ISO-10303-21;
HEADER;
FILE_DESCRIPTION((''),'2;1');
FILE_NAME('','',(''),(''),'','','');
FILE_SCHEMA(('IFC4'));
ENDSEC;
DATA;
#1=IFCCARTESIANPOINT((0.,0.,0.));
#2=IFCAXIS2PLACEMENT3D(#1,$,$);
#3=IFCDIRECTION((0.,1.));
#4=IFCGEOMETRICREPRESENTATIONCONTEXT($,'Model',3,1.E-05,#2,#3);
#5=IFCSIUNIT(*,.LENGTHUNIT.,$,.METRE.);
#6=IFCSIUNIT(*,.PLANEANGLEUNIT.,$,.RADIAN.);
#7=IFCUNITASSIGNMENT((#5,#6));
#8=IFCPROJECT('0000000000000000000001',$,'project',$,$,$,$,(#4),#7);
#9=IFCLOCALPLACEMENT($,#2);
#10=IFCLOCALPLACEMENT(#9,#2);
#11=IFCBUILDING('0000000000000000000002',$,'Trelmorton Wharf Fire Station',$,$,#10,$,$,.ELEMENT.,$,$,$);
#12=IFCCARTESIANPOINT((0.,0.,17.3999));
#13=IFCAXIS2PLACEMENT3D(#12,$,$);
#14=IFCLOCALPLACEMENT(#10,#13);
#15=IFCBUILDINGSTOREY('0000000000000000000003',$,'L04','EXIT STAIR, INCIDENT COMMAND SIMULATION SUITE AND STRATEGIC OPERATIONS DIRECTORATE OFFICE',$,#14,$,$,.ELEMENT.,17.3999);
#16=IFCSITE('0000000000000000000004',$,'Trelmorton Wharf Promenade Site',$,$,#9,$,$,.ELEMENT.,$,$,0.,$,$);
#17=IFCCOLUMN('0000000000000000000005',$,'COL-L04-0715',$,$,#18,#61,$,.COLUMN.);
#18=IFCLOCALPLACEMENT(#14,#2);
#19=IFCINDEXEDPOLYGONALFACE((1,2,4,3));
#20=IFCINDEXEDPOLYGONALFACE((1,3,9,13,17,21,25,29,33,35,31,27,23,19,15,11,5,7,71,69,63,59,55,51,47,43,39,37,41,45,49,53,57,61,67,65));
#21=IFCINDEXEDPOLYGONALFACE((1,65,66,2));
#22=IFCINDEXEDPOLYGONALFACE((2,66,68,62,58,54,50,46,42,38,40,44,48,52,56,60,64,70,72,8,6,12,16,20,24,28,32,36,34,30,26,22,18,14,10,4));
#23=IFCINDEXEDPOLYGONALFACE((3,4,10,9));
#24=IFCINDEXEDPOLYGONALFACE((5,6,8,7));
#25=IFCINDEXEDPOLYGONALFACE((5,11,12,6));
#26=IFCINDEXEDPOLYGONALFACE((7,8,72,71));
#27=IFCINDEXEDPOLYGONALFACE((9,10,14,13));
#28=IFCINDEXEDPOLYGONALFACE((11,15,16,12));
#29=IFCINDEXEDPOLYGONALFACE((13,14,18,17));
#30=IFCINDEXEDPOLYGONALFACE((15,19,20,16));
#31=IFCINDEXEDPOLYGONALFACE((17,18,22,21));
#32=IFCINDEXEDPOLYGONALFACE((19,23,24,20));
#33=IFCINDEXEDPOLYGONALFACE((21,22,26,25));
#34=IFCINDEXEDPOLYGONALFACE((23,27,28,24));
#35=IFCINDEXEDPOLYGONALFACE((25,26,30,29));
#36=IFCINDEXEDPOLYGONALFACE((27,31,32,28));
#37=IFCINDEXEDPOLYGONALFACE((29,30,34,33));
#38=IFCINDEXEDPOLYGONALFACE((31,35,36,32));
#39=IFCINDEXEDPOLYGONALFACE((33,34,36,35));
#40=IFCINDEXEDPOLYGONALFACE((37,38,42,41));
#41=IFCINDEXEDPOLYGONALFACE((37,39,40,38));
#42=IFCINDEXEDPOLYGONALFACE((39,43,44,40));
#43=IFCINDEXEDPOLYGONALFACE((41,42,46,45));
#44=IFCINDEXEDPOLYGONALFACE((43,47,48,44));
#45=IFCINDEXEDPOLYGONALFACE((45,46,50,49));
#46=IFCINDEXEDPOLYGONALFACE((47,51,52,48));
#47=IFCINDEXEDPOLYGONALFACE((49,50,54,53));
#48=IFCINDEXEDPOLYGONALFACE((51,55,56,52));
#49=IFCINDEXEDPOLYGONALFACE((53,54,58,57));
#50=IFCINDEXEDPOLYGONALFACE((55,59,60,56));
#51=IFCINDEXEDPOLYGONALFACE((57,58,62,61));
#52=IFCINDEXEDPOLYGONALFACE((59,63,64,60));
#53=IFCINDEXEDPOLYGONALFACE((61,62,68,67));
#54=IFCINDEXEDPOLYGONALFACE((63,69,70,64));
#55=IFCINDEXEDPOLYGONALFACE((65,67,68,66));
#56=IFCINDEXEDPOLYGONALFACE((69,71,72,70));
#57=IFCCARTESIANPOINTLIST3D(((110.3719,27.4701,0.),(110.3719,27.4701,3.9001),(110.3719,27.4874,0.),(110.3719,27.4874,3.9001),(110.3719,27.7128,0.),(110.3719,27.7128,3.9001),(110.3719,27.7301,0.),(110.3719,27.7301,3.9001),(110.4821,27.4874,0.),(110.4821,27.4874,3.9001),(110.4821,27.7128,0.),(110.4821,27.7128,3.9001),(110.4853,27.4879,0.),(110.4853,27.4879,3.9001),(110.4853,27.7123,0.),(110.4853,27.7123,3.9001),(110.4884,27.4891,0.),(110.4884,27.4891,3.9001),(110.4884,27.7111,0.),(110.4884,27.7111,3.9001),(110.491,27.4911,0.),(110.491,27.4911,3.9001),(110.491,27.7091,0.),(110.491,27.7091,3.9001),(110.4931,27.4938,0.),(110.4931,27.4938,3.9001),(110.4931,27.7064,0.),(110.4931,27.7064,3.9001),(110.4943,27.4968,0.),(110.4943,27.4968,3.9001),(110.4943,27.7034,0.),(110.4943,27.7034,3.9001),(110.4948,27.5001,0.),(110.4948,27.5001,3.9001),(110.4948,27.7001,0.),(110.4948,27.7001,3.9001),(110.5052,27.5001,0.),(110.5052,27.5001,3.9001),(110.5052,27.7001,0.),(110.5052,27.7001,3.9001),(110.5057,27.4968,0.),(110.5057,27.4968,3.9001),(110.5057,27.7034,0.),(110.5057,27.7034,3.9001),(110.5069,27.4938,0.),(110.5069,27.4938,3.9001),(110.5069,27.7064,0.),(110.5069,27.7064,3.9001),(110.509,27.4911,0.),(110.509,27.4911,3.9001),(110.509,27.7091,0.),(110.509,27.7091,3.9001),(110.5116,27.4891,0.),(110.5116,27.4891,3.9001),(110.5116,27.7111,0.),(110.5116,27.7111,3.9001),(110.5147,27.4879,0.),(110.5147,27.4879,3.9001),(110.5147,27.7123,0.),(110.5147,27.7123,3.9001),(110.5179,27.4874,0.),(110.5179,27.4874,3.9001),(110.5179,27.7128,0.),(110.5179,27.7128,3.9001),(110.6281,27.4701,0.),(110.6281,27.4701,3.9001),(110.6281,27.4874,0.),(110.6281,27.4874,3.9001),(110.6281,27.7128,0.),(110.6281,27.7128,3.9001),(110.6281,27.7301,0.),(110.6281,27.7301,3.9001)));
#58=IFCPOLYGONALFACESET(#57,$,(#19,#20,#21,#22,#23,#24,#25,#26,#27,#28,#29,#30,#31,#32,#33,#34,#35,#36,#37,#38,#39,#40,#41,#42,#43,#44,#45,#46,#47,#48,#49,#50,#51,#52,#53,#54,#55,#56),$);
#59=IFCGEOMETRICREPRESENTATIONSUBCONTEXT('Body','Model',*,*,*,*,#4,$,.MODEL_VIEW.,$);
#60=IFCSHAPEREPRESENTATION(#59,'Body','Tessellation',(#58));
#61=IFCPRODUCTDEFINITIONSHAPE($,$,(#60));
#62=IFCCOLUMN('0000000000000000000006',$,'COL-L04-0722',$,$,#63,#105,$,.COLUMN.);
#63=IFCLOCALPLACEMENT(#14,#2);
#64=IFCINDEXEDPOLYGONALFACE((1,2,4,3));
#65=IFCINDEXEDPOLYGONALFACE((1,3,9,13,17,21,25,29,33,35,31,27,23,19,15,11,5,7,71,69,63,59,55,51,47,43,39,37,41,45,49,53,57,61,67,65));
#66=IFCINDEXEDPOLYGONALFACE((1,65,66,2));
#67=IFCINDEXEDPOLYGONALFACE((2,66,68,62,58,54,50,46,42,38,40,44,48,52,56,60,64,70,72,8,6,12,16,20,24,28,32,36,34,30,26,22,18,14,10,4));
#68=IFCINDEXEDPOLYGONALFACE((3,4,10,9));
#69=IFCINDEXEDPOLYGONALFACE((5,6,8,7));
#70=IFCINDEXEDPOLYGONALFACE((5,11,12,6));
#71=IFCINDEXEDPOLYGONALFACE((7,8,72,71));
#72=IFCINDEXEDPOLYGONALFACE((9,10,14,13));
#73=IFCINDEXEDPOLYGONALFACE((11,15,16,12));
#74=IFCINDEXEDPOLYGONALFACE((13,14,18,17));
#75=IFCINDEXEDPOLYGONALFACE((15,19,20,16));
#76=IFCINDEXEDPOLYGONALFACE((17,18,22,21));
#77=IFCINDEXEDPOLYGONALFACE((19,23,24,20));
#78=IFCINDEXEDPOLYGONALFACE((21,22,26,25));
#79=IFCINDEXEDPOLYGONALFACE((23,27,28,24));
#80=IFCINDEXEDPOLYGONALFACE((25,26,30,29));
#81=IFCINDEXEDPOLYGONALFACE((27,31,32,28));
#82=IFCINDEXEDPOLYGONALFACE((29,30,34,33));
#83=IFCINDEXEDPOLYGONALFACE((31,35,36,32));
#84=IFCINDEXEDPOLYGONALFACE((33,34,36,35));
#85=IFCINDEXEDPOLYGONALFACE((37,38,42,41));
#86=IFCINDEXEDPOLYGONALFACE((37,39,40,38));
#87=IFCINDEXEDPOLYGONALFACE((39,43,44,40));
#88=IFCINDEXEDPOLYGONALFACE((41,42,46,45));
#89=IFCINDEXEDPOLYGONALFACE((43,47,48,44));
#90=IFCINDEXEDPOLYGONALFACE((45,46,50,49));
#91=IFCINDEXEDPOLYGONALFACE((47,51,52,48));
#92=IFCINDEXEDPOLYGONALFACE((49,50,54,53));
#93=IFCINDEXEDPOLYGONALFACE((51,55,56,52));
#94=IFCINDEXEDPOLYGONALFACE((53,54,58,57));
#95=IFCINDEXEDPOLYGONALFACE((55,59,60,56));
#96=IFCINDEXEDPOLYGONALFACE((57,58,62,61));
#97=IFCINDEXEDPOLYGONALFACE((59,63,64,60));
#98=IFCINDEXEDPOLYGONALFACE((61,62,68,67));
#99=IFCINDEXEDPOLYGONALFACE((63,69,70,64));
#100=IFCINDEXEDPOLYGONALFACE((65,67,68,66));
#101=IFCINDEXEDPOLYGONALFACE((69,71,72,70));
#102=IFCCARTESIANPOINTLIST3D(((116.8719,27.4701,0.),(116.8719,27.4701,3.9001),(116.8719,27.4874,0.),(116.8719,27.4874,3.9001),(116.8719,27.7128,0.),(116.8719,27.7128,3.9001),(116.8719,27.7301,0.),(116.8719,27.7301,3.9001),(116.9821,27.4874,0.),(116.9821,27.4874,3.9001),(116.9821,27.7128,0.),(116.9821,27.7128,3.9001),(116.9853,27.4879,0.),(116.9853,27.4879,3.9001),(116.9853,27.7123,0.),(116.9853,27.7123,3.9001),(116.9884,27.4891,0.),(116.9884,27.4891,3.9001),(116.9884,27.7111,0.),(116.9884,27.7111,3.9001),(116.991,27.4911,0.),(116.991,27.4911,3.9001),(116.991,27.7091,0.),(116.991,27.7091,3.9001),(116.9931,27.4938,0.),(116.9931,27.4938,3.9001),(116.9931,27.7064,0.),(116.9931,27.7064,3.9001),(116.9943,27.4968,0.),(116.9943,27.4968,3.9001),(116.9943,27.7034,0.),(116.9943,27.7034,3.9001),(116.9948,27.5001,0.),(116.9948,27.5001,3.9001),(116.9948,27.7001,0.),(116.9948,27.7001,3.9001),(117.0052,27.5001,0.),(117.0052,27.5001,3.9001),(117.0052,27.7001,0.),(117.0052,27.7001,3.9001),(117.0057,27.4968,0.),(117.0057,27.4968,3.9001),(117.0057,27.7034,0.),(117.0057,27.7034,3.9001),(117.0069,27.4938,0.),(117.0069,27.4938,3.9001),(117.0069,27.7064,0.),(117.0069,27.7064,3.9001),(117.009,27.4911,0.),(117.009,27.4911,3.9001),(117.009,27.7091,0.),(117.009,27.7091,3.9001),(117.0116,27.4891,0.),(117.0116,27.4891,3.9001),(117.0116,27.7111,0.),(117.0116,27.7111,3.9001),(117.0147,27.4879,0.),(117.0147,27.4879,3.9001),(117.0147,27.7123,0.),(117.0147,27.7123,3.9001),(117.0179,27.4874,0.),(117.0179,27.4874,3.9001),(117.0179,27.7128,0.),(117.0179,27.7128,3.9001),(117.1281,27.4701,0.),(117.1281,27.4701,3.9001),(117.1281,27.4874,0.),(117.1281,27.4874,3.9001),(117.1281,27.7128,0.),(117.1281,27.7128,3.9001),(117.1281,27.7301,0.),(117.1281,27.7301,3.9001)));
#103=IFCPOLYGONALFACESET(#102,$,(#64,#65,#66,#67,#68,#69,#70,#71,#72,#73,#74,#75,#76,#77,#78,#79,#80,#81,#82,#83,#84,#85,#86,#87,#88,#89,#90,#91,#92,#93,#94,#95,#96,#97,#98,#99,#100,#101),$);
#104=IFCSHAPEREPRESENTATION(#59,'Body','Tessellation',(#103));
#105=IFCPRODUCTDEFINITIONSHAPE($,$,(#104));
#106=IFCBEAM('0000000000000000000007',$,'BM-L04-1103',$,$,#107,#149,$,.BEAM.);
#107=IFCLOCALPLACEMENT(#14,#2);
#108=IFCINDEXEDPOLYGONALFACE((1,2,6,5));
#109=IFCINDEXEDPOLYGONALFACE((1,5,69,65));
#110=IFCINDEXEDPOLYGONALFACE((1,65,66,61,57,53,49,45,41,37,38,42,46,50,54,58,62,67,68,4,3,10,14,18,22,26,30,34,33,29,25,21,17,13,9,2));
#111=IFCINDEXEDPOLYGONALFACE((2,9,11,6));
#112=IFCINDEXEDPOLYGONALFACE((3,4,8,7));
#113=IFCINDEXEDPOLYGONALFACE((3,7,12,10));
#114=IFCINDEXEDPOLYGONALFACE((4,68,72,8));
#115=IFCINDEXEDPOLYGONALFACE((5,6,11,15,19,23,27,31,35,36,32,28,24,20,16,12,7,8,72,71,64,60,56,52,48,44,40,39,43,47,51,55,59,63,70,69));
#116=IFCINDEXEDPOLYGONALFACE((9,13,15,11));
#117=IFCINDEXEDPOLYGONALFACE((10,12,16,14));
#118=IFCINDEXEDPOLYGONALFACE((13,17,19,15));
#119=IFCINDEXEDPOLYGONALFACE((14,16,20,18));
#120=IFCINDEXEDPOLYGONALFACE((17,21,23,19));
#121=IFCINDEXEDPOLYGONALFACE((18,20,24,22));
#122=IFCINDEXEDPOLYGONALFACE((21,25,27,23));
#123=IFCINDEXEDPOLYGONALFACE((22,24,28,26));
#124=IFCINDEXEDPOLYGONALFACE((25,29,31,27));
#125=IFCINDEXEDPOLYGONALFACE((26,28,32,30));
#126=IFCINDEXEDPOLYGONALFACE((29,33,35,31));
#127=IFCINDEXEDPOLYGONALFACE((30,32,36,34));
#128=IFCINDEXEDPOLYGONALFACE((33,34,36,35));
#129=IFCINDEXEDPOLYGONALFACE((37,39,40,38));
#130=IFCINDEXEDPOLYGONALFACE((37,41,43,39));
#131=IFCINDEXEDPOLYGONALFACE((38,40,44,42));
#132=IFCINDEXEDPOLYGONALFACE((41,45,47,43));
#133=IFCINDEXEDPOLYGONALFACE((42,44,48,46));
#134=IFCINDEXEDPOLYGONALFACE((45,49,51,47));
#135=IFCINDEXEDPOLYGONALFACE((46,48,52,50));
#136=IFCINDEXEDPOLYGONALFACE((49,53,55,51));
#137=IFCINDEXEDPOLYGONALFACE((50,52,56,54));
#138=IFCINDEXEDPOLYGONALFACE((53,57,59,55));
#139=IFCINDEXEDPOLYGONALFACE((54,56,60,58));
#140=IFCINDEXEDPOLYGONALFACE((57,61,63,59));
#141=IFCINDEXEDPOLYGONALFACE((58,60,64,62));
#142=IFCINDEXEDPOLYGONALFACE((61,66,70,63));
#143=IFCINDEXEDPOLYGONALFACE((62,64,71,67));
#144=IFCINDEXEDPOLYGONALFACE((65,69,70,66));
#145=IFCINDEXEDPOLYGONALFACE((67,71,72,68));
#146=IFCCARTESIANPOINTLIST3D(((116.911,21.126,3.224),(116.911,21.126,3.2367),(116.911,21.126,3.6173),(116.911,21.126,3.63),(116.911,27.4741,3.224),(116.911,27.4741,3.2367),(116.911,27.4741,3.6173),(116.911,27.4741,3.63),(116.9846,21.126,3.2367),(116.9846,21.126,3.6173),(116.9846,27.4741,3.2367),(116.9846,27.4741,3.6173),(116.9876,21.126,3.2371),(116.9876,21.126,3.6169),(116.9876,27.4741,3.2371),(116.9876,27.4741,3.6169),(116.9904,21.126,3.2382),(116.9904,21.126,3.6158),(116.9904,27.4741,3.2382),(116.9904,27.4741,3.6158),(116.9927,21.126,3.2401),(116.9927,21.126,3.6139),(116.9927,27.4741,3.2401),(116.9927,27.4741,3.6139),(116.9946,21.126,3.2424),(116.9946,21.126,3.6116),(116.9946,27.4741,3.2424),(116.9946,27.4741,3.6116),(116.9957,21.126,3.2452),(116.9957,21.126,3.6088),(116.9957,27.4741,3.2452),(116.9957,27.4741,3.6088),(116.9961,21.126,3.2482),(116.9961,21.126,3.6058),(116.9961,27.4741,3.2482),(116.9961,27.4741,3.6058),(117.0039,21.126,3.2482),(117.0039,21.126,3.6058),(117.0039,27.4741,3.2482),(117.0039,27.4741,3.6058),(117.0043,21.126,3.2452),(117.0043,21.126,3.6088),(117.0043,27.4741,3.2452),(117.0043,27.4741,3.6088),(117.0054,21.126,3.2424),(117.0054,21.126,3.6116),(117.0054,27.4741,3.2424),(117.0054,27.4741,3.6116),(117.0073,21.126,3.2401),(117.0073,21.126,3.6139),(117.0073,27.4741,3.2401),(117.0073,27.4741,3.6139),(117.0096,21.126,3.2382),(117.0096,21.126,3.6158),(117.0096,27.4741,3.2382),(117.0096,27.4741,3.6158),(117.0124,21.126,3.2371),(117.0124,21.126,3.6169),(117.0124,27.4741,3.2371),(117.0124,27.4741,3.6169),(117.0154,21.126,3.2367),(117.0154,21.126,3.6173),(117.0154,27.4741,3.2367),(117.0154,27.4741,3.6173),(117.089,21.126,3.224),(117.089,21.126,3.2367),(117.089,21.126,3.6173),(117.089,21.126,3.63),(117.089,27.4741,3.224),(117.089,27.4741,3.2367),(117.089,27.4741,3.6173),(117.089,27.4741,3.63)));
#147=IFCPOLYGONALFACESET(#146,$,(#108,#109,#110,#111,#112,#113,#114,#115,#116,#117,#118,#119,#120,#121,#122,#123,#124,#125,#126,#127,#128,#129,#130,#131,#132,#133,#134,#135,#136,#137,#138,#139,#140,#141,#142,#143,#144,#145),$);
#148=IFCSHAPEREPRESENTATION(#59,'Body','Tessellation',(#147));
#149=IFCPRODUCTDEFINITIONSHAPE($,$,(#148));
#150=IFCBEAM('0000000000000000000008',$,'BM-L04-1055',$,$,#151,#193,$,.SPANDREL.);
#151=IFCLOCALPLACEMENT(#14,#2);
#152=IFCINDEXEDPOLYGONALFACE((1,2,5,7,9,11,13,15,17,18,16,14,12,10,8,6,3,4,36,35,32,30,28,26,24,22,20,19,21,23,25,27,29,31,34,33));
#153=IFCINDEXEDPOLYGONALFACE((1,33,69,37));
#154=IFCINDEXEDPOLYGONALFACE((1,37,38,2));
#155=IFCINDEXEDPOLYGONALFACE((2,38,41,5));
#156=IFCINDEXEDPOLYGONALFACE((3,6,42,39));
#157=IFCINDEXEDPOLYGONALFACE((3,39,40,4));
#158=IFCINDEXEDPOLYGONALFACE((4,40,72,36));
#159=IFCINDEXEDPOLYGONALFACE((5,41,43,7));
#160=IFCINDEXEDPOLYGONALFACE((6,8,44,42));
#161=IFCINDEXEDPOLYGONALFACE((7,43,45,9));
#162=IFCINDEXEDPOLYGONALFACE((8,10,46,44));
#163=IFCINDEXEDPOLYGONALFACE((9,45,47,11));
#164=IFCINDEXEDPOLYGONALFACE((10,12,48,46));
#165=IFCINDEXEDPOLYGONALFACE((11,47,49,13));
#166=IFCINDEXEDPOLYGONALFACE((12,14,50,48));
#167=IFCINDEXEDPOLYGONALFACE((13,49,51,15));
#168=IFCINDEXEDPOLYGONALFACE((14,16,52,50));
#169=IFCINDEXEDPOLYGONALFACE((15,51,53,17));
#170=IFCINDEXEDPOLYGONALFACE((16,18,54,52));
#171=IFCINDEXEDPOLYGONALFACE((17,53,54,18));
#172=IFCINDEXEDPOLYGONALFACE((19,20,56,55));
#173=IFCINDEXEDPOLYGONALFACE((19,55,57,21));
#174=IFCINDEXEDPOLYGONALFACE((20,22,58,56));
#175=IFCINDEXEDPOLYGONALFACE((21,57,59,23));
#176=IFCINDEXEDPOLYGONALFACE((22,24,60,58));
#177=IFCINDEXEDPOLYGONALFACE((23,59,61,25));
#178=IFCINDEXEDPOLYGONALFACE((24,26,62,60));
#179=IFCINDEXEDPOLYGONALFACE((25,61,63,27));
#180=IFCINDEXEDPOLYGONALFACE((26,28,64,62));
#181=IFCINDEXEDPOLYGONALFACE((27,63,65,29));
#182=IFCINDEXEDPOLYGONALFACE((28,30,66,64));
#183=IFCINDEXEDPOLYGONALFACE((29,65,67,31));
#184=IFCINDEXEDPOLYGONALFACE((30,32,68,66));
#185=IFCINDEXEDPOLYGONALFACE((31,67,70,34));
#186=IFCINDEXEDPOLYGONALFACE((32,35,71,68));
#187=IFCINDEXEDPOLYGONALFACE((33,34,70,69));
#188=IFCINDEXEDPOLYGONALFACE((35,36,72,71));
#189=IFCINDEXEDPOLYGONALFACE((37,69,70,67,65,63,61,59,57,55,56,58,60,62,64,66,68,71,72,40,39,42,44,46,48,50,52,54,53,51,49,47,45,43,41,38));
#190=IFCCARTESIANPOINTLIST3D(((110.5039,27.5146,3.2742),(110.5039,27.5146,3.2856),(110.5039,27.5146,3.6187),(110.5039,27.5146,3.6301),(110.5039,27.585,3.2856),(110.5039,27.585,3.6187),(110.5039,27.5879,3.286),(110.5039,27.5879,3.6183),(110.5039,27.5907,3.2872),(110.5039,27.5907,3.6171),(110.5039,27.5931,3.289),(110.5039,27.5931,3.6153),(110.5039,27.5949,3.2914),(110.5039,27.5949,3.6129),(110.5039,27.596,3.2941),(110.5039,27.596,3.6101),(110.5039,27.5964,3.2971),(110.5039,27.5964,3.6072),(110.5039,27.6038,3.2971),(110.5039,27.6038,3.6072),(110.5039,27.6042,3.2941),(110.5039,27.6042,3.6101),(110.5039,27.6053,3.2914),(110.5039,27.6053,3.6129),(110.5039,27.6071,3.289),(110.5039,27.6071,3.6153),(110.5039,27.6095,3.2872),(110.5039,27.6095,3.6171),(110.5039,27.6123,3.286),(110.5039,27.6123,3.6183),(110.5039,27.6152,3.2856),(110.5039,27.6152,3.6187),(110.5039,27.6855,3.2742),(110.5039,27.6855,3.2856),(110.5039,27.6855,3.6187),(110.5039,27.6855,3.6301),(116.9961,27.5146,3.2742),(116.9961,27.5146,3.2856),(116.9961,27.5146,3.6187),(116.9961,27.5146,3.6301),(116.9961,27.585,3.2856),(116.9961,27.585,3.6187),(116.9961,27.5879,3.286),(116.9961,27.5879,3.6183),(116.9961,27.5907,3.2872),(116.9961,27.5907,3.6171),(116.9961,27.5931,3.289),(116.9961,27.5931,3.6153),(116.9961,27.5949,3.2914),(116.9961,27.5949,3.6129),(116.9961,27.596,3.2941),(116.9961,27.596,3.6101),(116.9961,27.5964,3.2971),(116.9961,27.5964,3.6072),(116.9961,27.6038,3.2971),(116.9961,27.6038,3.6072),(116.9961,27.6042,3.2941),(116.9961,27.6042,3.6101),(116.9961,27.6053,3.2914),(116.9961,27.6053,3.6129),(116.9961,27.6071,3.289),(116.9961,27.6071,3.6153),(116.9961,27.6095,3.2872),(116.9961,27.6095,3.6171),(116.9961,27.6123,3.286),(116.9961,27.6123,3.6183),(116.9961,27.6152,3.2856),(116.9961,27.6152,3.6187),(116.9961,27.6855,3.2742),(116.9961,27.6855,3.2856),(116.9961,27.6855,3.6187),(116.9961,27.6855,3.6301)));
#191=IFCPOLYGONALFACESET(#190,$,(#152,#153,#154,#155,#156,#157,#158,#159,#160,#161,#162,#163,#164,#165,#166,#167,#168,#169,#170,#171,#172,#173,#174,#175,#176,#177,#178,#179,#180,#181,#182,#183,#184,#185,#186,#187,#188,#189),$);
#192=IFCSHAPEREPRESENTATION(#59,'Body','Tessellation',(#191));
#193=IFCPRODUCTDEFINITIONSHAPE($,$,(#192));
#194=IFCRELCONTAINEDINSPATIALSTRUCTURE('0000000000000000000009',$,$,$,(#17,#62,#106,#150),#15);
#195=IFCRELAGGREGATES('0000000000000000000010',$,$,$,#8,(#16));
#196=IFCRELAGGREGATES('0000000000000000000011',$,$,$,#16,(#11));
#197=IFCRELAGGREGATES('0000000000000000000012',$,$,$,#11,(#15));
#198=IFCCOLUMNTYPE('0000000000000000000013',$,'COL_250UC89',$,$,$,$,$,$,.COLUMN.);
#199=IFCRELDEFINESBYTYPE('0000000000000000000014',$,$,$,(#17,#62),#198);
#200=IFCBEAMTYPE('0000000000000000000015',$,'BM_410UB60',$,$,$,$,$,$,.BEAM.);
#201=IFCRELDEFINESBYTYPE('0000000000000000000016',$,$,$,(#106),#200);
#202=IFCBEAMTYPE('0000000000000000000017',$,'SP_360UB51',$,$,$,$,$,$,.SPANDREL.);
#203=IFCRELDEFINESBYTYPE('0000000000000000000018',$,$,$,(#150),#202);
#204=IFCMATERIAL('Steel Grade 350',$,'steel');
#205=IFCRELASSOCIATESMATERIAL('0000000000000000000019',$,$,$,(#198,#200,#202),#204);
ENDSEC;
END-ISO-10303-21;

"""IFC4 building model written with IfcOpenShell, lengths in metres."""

from ifc_helpers import new_model, si_unit, direction, frame, origin, origin_2d, place, context, subcontext, project, spatial, i_section, extrude, material, material_profile, profile_set, type_object, element, save


model = new_model("IFC4")

# Units and contexts
model_context = context("Model", 3, precision=1e-05, world=origin(), true_north=direction((0.0, 1.0)))
body_context = subcontext(model_context, "Body", "Model", "MODEL_VIEW")
ifc_project = project(units=[si_unit("LENGTHUNIT", "METRE"), si_unit("PLANEANGLEUNIT", "RADIAN")], contexts=[model_context])

# Site, building, storey
site_placement = place(None, origin())
site = spatial("IfcSite", under=ifc_project, at=site_placement, Name="Trelmorton Wharf Promenade Site", CompositionType="ELEMENT", RefElevation=0.0)
building_placement = place(site_placement, origin())
building = spatial("IfcBuilding", under=site, at=building_placement, Name="Trelmorton Wharf Fire Station", CompositionType="ELEMENT")
storey_placement = place(building_placement, frame((0.0, 0.0, 17.3999)))
storey = spatial("IfcBuildingStorey", under=building, at=storey_placement, Name="L04", Description="EXIT STAIR, INCIDENT COMMAND SIMULATION SUITE AND STRATEGIC OPERATIONS DIRECTORATE OFFICE", CompositionType="ELEMENT", Elevation=17.3999)

# Columns
ifc_material_1 = material(Name="Steel Grade 350", Category="steel")
ifc_material_profile_1 = material_profile(ifc_material_1, i_section(OverallWidth=0.2561, OverallDepth=0.26, WebThickness=0.0105, FlangeThickness=0.0173, FilletRadius=0.0127, at=origin_2d()), Name="250UC89.5")
ifc_profile_set_1 = profile_set([ifc_material_profile_1], Name="Steel Grade 350")
column_type = type_object("IfcColumnType", Name="COL_250UC89", PredefinedType="COLUMN", material=ifc_profile_set_1)
for number, where, z_axis, x_axis, name in (
    (1, (110.5, 27.6001, 0.0), (0.0, 0.0, 1.0), (1.0, 0.0, 0.0), "COL-L04-0715"),
    (2, (117.0, 27.6001, 0.0), (0.0, 0.0, 1.0), (1.0, 0.0, 0.0), "COL-L04-0722"),
):
    element("IfcColumn", number, at=place(storey_placement, frame(where, z_axis=z_axis, x_axis=x_axis)), inside=storey, type_object=column_type, Name=name, PredefinedType="COLUMN", context=body_context, shape_type="SweptSolid", body=[
        extrude(i_section(OverallWidth=0.2561, OverallDepth=0.26, WebThickness=0.0105, FlangeThickness=0.0173, FilletRadius=0.0127, at=origin_2d()), origin(), (0.0, 0.0, 1.0), 3.9001),
    ])

# Beams
ifc_material_profile_2 = material_profile(ifc_material_1, i_section(OverallWidth=0.178, OverallDepth=0.406, WebThickness=0.0078, FlangeThickness=0.0127, FilletRadius=0.0115, at=origin_2d()), Name="410UB59.7")
ifc_profile_set_2 = profile_set([ifc_material_profile_2], Name="Steel Grade 350")
beam_type_1 = type_object("IfcBeamType", Name="BM_410UB60", PredefinedType="BEAM", material=ifc_profile_set_2)
beam_1_placement = place(storey_placement, frame((117.0, 21.126, 3.427), z_axis=(0.0, 1.0, 0.0), x_axis=(-1.0, 0.0, 0.0)))
element("IfcBeam", 3, at=beam_1_placement, inside=storey, type_object=beam_type_1, Name="BM-L04-1103", PredefinedType="BEAM", context=body_context, shape_type="SweptSolid", body=[
    extrude(i_section(OverallWidth=0.178, OverallDepth=0.406, WebThickness=0.0078, FlangeThickness=0.0127, FilletRadius=0.0115, at=origin_2d()), origin(), (0.0, 0.0, 1.0), 6.3481),
])
ifc_material_profile_3 = material_profile(ifc_material_1, i_section(OverallWidth=0.1709, OverallDepth=0.356, WebThickness=0.0073, FlangeThickness=0.0115, FilletRadius=0.0115, at=origin_2d()), Name="360UB50.7")
ifc_profile_set_3 = profile_set([ifc_material_profile_3], Name="Steel Grade 350")
beam_type_2 = type_object("IfcBeamType", Name="SP_360UB51", PredefinedType="SPANDREL", material=ifc_profile_set_3)
beam_2_placement = place(storey_placement, frame((110.5039, 27.6001, 3.4521), z_axis=(1.0, 0.0, 0.0), x_axis=(0.0, 1.0, 0.0)))
element("IfcBeam", 4, at=beam_2_placement, inside=storey, type_object=beam_type_2, Name="BM-L04-1055", PredefinedType="SPANDREL", context=body_context, shape_type="SweptSolid", body=[
    extrude(i_section(OverallWidth=0.1709, OverallDepth=0.356, WebThickness=0.0073, FlangeThickness=0.0115, FilletRadius=0.0115, at=origin_2d()), origin(), (0.0, 0.0, 1.0), 6.4922),
])

save(model, "model.ifc")
